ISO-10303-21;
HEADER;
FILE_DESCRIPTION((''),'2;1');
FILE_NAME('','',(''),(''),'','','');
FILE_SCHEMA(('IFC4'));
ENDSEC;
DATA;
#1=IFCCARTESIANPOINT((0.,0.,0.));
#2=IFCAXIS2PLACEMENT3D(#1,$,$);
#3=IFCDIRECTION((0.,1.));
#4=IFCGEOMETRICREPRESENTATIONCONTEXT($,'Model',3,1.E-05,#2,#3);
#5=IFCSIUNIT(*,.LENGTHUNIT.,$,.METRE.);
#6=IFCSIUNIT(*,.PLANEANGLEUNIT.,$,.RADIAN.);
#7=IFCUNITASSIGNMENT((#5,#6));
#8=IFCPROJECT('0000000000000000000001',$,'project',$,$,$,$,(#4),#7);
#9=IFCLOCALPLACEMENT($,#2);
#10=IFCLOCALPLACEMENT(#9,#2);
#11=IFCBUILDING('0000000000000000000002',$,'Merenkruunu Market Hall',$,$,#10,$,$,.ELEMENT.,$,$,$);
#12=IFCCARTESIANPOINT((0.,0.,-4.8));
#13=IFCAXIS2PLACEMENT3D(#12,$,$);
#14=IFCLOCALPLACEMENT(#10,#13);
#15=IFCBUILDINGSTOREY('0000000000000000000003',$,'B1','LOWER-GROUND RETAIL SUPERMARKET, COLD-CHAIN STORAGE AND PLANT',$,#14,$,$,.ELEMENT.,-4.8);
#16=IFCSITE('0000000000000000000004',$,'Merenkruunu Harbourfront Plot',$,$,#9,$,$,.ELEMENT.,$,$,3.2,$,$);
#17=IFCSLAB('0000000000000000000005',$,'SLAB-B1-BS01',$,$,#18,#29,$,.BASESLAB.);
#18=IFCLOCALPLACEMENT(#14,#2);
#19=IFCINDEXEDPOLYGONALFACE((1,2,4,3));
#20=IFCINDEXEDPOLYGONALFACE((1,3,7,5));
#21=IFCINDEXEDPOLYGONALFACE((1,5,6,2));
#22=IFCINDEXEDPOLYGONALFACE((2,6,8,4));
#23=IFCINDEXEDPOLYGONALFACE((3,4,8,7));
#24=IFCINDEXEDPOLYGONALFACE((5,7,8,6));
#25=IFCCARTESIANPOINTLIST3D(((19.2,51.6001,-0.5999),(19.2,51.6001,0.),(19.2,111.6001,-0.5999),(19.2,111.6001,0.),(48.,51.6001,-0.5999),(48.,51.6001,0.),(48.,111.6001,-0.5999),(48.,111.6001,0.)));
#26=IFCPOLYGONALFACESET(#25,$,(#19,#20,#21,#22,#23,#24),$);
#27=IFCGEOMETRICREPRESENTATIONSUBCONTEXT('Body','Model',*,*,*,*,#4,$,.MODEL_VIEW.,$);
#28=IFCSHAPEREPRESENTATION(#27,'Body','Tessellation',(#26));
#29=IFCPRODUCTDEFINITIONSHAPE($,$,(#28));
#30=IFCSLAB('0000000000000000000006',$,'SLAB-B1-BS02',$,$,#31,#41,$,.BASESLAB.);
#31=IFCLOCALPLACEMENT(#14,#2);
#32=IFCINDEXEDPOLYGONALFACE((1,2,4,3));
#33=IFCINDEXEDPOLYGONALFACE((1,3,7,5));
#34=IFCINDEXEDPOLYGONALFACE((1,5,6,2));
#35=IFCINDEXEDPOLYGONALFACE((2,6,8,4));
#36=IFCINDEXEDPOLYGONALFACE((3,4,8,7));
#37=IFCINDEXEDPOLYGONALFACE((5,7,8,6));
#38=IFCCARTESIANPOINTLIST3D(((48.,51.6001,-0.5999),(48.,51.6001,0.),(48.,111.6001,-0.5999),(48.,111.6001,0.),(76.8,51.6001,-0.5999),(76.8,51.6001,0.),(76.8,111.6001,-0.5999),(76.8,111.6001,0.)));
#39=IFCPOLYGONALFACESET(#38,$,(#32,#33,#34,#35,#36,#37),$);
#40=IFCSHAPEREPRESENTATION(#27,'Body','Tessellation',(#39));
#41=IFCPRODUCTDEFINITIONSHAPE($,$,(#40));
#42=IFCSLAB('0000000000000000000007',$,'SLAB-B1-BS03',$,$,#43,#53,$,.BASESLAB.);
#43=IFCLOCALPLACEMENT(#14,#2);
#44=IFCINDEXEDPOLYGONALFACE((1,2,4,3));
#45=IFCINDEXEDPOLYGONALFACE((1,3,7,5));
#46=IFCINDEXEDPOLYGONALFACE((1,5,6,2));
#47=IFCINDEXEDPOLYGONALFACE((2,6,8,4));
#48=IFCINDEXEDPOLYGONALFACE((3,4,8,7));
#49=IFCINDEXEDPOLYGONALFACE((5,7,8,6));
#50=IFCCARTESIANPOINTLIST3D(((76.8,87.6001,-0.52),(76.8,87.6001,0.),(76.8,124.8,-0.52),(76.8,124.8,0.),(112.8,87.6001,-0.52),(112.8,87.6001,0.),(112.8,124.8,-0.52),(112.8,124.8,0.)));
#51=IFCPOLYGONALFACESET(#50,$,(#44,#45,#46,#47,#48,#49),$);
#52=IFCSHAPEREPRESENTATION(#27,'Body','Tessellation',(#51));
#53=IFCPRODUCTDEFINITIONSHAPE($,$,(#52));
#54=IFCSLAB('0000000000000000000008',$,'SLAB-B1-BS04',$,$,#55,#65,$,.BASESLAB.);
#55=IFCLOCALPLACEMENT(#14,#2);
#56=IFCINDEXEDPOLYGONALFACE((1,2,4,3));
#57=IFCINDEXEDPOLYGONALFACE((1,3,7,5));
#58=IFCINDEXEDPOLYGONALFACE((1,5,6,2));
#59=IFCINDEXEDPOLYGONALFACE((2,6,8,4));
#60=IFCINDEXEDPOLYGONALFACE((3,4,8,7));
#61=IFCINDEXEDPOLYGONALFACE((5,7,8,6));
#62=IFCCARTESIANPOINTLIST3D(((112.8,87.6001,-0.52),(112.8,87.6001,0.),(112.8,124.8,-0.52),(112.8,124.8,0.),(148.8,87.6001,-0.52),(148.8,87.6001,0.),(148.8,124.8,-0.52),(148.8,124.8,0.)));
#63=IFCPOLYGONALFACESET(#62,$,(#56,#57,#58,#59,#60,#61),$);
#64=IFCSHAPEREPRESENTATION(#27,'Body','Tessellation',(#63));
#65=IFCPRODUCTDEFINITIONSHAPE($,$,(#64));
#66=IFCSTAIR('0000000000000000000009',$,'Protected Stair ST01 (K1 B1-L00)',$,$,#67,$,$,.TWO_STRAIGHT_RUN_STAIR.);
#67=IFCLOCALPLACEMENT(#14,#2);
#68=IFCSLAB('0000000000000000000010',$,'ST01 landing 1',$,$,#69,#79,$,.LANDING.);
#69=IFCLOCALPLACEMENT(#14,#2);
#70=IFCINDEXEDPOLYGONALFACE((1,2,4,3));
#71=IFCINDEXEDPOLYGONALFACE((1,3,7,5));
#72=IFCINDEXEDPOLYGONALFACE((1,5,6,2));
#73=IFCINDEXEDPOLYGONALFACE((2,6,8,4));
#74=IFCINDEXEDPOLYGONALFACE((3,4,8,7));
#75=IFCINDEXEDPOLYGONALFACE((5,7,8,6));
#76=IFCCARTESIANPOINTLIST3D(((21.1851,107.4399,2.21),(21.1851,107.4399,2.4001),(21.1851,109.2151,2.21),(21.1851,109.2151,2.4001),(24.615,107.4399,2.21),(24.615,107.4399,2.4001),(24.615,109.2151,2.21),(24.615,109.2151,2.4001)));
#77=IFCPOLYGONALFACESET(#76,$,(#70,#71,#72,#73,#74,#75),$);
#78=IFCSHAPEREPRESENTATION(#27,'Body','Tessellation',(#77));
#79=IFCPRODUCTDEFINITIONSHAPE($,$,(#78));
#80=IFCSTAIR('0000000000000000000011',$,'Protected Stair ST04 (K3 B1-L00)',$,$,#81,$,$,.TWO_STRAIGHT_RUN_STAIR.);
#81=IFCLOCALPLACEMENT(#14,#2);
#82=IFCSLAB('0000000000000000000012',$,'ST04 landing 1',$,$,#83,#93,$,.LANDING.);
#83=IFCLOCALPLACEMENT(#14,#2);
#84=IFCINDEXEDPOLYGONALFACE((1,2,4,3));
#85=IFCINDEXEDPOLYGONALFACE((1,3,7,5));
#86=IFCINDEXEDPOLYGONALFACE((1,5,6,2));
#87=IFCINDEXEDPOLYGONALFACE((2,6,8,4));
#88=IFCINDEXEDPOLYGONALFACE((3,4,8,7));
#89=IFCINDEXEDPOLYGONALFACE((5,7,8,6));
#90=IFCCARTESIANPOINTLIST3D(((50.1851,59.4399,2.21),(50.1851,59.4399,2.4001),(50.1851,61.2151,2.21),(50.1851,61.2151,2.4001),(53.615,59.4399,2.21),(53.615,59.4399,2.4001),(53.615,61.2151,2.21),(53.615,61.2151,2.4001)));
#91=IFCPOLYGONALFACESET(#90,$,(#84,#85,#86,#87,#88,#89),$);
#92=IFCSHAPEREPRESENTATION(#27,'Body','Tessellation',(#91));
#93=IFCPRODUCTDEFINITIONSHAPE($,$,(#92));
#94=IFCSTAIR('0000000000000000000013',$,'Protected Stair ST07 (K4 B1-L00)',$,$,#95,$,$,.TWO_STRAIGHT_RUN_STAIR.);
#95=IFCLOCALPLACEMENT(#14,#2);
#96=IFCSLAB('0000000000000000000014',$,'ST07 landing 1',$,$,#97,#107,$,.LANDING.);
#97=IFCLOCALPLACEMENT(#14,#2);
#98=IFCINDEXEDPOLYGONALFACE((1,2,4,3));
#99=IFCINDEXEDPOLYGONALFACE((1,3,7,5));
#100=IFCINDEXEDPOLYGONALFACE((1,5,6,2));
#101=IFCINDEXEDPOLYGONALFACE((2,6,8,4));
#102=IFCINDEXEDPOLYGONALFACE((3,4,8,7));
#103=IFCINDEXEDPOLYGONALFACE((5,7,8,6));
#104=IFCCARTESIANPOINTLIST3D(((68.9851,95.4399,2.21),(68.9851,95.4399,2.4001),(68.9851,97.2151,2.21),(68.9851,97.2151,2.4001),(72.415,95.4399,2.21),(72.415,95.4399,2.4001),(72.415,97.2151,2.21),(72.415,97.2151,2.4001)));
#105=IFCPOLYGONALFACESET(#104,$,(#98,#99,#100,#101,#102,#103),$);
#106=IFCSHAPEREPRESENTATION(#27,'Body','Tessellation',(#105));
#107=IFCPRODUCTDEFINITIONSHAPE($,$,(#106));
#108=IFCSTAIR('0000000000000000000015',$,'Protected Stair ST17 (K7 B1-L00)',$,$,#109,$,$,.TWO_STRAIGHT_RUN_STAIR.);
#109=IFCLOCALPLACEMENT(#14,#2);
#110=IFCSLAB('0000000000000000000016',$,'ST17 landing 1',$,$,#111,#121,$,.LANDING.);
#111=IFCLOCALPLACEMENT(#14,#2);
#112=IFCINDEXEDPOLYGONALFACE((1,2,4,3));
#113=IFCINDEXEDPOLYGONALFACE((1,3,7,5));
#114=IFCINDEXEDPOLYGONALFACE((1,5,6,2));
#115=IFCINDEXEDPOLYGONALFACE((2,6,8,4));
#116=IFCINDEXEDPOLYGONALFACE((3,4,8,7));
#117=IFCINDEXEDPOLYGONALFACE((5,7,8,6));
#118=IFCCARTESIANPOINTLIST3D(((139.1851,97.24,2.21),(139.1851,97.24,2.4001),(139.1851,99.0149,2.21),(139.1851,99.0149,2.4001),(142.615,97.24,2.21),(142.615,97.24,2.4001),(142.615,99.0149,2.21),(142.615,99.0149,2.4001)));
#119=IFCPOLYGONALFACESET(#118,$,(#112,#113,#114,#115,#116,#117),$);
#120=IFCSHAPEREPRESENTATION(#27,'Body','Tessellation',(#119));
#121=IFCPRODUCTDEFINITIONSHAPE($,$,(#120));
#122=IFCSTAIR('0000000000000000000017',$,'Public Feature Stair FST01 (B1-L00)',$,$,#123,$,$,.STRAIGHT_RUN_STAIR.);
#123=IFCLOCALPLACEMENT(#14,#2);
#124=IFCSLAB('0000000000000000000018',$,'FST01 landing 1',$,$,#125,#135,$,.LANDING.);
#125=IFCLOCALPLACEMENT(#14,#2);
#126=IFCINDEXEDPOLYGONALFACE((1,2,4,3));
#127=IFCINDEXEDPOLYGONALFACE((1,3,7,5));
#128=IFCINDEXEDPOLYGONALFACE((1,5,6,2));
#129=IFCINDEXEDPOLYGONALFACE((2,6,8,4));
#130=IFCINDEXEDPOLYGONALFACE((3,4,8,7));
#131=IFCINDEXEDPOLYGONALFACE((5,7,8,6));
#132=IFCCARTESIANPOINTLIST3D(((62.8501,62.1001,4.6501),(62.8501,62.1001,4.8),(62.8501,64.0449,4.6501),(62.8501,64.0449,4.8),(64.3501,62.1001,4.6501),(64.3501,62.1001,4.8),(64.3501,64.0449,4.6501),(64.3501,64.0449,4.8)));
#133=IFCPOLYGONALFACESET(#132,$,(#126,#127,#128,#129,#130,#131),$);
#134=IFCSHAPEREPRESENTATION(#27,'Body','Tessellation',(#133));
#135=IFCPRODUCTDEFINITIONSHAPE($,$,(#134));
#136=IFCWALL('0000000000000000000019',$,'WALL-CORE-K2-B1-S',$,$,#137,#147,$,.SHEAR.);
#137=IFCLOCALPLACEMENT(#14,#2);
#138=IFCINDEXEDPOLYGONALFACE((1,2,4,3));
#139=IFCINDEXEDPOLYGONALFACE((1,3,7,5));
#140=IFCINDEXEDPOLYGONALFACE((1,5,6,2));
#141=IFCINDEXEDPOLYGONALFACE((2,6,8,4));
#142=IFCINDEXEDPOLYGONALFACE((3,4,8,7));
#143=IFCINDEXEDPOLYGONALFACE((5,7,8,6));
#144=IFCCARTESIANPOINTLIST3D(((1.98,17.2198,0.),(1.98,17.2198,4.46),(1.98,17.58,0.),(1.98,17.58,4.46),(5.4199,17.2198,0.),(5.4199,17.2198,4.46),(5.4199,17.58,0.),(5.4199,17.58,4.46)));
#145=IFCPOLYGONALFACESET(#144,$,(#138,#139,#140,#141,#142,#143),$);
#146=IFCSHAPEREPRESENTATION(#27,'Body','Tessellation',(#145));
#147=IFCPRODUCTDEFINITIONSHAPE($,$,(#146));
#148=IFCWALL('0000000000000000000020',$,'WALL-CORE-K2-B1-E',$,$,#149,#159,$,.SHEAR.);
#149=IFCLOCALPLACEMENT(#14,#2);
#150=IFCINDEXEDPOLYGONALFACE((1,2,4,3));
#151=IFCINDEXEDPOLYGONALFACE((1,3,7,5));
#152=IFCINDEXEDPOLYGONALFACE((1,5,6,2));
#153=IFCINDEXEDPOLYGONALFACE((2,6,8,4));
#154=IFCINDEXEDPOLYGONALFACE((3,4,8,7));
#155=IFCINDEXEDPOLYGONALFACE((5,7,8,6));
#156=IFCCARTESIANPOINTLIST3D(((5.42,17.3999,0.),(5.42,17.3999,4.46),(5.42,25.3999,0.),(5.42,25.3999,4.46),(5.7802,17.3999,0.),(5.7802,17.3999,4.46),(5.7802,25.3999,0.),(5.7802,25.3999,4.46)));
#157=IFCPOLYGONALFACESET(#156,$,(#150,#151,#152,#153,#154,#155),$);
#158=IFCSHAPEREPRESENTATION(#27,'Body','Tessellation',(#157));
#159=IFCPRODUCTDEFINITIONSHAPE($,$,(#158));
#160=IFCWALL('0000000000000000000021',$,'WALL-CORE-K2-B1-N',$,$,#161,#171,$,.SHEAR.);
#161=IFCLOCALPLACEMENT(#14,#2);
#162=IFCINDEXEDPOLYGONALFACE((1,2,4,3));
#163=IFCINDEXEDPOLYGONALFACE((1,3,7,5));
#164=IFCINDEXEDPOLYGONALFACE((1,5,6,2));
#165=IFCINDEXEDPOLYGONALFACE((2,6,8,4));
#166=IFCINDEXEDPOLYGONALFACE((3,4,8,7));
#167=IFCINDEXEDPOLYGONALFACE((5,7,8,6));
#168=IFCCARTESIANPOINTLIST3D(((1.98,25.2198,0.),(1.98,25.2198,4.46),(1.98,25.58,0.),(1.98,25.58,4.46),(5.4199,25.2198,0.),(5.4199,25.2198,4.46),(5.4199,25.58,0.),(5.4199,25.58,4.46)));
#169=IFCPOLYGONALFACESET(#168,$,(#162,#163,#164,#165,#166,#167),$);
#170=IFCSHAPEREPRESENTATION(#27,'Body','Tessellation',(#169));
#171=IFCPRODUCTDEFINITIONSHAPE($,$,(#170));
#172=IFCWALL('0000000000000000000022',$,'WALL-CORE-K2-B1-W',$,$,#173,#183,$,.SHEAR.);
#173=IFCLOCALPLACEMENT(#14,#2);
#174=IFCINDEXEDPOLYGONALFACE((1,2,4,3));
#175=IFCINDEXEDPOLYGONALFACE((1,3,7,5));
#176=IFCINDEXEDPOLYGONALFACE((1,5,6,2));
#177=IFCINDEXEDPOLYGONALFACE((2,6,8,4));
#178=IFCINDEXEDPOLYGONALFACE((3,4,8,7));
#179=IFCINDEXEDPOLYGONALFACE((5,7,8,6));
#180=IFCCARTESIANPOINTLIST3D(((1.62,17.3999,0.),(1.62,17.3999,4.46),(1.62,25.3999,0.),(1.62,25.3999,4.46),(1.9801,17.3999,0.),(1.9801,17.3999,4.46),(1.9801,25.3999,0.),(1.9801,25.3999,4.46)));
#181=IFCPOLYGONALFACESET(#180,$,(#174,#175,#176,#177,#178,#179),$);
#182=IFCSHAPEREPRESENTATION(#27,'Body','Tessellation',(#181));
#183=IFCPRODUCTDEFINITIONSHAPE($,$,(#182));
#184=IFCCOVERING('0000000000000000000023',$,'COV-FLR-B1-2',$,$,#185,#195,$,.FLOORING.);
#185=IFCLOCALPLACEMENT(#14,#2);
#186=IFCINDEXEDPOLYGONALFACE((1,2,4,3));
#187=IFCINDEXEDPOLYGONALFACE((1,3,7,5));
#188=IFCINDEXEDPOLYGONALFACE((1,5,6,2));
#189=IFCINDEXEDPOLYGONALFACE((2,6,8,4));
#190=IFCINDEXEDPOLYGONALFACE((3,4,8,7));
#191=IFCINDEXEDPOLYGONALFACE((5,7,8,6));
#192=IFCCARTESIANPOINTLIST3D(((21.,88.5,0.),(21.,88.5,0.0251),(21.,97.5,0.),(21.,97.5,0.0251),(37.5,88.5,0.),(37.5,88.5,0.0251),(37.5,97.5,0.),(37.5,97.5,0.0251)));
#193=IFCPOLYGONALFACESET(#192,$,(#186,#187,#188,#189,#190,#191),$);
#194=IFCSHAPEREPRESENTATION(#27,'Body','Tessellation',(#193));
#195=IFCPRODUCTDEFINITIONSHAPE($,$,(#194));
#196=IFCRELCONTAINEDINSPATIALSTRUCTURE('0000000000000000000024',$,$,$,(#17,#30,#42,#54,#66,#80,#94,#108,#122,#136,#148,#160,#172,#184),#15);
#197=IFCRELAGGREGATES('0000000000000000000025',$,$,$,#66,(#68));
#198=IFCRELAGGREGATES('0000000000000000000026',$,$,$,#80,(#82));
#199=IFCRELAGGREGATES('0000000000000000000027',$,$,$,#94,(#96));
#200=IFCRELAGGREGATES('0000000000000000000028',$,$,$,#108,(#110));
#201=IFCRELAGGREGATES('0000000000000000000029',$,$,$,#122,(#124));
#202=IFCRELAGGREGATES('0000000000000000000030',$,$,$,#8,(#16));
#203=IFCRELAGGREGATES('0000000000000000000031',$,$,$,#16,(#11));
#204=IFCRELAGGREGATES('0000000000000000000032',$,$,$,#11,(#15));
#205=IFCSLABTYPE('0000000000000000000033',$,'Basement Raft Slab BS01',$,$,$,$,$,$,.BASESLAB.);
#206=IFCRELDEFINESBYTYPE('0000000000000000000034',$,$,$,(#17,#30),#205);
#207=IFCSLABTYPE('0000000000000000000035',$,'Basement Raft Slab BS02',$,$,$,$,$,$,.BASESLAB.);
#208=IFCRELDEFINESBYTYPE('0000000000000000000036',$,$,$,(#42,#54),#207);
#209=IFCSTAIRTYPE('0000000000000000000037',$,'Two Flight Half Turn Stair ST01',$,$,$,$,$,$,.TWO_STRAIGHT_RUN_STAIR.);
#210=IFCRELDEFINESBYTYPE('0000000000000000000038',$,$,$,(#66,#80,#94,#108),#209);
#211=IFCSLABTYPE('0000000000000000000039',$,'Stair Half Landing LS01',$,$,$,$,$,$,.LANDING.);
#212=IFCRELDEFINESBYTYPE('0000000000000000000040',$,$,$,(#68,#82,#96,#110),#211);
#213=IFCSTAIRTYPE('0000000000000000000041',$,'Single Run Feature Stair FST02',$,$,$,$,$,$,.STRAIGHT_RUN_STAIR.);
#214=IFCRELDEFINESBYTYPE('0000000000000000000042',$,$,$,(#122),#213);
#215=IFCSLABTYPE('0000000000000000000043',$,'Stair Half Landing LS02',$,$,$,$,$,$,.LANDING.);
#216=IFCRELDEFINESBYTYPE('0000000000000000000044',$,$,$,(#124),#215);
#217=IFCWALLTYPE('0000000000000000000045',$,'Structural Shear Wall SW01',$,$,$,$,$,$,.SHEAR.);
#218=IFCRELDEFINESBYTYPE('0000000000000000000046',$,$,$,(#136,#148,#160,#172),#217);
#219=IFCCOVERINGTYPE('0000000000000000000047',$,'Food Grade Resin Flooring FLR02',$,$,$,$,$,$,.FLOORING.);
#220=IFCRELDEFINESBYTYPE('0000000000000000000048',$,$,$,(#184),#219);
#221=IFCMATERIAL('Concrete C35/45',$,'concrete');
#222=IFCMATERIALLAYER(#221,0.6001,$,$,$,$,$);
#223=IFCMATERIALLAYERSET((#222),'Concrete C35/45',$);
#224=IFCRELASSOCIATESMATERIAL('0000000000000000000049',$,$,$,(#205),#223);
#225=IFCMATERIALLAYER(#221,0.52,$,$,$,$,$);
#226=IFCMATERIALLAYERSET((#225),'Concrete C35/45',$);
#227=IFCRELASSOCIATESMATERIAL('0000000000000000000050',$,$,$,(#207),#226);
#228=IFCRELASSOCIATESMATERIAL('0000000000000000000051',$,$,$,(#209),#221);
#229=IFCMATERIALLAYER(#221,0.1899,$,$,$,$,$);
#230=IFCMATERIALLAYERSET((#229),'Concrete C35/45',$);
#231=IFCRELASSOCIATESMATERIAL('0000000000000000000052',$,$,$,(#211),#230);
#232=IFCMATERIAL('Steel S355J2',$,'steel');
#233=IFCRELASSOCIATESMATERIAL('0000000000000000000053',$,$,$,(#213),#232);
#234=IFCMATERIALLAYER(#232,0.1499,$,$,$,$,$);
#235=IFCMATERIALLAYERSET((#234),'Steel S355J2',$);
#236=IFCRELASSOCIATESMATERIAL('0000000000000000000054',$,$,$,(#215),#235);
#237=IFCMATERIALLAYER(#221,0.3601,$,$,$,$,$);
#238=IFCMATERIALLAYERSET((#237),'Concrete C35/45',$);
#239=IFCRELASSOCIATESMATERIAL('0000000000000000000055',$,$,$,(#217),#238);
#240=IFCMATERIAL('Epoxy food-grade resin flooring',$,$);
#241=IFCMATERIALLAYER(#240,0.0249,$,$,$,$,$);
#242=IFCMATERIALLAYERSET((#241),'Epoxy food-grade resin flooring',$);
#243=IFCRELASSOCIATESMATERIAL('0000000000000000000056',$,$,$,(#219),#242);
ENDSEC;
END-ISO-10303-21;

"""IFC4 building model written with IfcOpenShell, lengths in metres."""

from ifc_helpers import new_model, si_unit, direction, frame, frame_2d, origin, place, context, subcontext, project, spatial, polyline, rectangle, outline, extrude, material, layer, layer_set, type_object, element, aggregate, save


model = new_model("IFC4")

# Units and contexts
model_context = context("Model", 3, precision=1e-05, world=origin(), true_north=direction((0.0, 1.0)))
body_context = subcontext(model_context, "Body", "Model", "MODEL_VIEW")
ifc_project = project(units=[si_unit("LENGTHUNIT", "METRE"), si_unit("PLANEANGLEUNIT", "RADIAN")], contexts=[model_context])

# Site, building, storey
site_placement = place(None, origin())
site = spatial("IfcSite", under=ifc_project, at=site_placement, Name="Merenkruunu Harbourfront Plot", CompositionType="ELEMENT", RefElevation=3.2)
building_placement = place(site_placement, origin())
building = spatial("IfcBuilding", under=site, at=building_placement, Name="Merenkruunu Market Hall", CompositionType="ELEMENT")
storey_placement = place(building_placement, frame((0.0, 0.0, -4.8)))
storey = spatial("IfcBuildingStorey", under=building, at=storey_placement, Name="B1", Description="LOWER-GROUND RETAIL SUPERMARKET, COLD-CHAIN STORAGE AND PLANT", CompositionType="ELEMENT", Elevation=-4.8)

# Shared definitions
ifc_material_1 = material(Name="Concrete C35/45", Category="concrete")

# Slabs
ifc_layer_1 = layer(ifc_material_1, 0.6001)
ifc_layer_set_1 = layer_set([ifc_layer_1], Name="Concrete C35/45")
slab_type_1 = type_object("IfcSlabType", Name="Basement Raft Slab BS01", PredefinedType="BASESLAB", material=ifc_layer_set_1)
slab_1_placement = place(storey_placement, frame((0.0, 0.0, -0.5999)))
element("IfcSlab", 1, at=slab_1_placement, inside=storey, type_object=slab_type_1, Name="SLAB-B1-BS01", PredefinedType="BASESLAB", context=body_context, shape_type="SweptSolid", body=[
    extrude(outline(polyline([(19.2, 51.6001), (48.0, 51.6001), (48.0, 111.6001), (19.2, 111.6001), (19.2, 51.6001)])), origin(), (0.0, 0.0, 1.0), 0.5999),
])
slab_2_placement = place(storey_placement, frame((0.0, 0.0, -0.5999)))
element("IfcSlab", 2, at=slab_2_placement, inside=storey, type_object=slab_type_1, Name="SLAB-B1-BS02", PredefinedType="BASESLAB", context=body_context, shape_type="SweptSolid", body=[
    extrude(outline(polyline([(48.0, 51.6001), (76.8, 51.6001), (76.8, 111.6001), (48.0, 111.6001), (48.0, 51.6001)])), origin(), (0.0, 0.0, 1.0), 0.5999),
])
ifc_layer_2 = layer(ifc_material_1, 0.52)
ifc_layer_set_2 = layer_set([ifc_layer_2], Name="Concrete C35/45")
slab_type_2 = type_object("IfcSlabType", Name="Basement Raft Slab BS02", PredefinedType="BASESLAB", material=ifc_layer_set_2)
slab_3_placement = place(storey_placement, frame((0.0, 0.0, -0.52)))
element("IfcSlab", 3, at=slab_3_placement, inside=storey, type_object=slab_type_2, Name="SLAB-B1-BS03", PredefinedType="BASESLAB", context=body_context, shape_type="SweptSolid", body=[
    extrude(outline(polyline([(76.8, 87.6001), (112.8, 87.6001), (112.8, 124.8), (76.8, 124.8), (76.8, 87.6001)])), origin(), (0.0, 0.0, 1.0), 0.52),
])
slab_4_placement = place(storey_placement, frame((0.0, 0.0, -0.52)))
element("IfcSlab", 4, at=slab_4_placement, inside=storey, type_object=slab_type_2, Name="SLAB-B1-BS04", PredefinedType="BASESLAB", context=body_context, shape_type="SweptSolid", body=[
    extrude(outline(polyline([(112.8, 87.6001), (148.8, 87.6001), (148.8, 124.8), (112.8, 124.8), (112.8, 87.6001)])), origin(), (0.0, 0.0, 1.0), 0.52),
])

# Stairs, slabs
stair_type_1 = type_object("IfcStairType", Name="Two Flight Half Turn Stair ST01", PredefinedType="TWO_STRAIGHT_RUN_STAIR", material=ifc_material_1)
stair_1_placement = place(storey_placement, origin())
stair_1 = element("IfcStair", 5, at=stair_1_placement, inside=storey, type_object=stair_type_1, Name="Protected Stair ST01 (K1 B1-L00)", PredefinedType="TWO_STRAIGHT_RUN_STAIR")
ifc_layer_3 = layer(ifc_material_1, 0.1899)
ifc_layer_set_3 = layer_set([ifc_layer_3], Name="Concrete C35/45")
slab_type_3 = type_object("IfcSlabType", Name="Stair Half Landing LS01", PredefinedType="LANDING", material=ifc_layer_set_3)
slab_5_placement = place(storey_placement, frame((0.0, 0.0, 2.21)))
slab_5 = element("IfcSlab", 6, at=slab_5_placement, type_object=slab_type_3, Name="ST01 landing 1", PredefinedType="LANDING", context=body_context, shape_type="SweptSolid", body=[
    extrude(outline(polyline([(21.1851, 107.4399), (24.615, 107.4399), (24.615, 109.2151), (21.1851, 109.2151), (21.1851, 107.4399)])), origin(), (0.0, 0.0, 1.0), 0.1902),
])
aggregate(stair_1, [slab_5])
stair_2_placement = place(storey_placement, origin())
stair_2 = element("IfcStair", 7, at=stair_2_placement, inside=storey, type_object=stair_type_1, Name="Protected Stair ST04 (K3 B1-L00)", PredefinedType="TWO_STRAIGHT_RUN_STAIR")
slab_6_placement = place(storey_placement, frame((0.0, 0.0, 2.21)))
slab_6 = element("IfcSlab", 8, at=slab_6_placement, type_object=slab_type_3, Name="ST04 landing 1", PredefinedType="LANDING", context=body_context, shape_type="SweptSolid", body=[
    extrude(outline(polyline([(50.1851, 59.4399), (53.615, 59.4399), (53.615, 61.2151), (50.1851, 61.2151), (50.1851, 59.4399)])), origin(), (0.0, 0.0, 1.0), 0.1902),
])
aggregate(stair_2, [slab_6])
stair_3_placement = place(storey_placement, origin())
stair_3 = element("IfcStair", 9, at=stair_3_placement, inside=storey, type_object=stair_type_1, Name="Protected Stair ST07 (K4 B1-L00)", PredefinedType="TWO_STRAIGHT_RUN_STAIR")
slab_7_placement = place(storey_placement, frame((0.0, 0.0, 2.21)))
slab_7 = element("IfcSlab", 10, at=slab_7_placement, type_object=slab_type_3, Name="ST07 landing 1", PredefinedType="LANDING", context=body_context, shape_type="SweptSolid", body=[
    extrude(outline(polyline([(68.9851, 95.4399), (72.415, 95.4399), (72.415, 97.2151), (68.9851, 97.2151), (68.9851, 95.4399)])), origin(), (0.0, 0.0, 1.0), 0.1902),
])
aggregate(stair_3, [slab_7])
stair_4_placement = place(storey_placement, origin())
stair_4 = element("IfcStair", 11, at=stair_4_placement, inside=storey, type_object=stair_type_1, Name="Protected Stair ST17 (K7 B1-L00)", PredefinedType="TWO_STRAIGHT_RUN_STAIR")
slab_8_placement = place(storey_placement, frame((0.0, 0.0, 2.21)))
slab_8 = element("IfcSlab", 12, at=slab_8_placement, type_object=slab_type_3, Name="ST17 landing 1", PredefinedType="LANDING", context=body_context, shape_type="SweptSolid", body=[
    extrude(outline(polyline([(139.1851, 97.24), (142.615, 97.24), (142.615, 99.0149), (139.1851, 99.0149), (139.1851, 97.24)])), origin(), (0.0, 0.0, 1.0), 0.1902),
])
aggregate(stair_4, [slab_8])
ifc_material_2 = material(Name="Steel S355J2", Category="steel")
stair_type_2 = type_object("IfcStairType", Name="Single Run Feature Stair FST02", PredefinedType="STRAIGHT_RUN_STAIR", material=ifc_material_2)
stair_5_placement = place(storey_placement, origin())
stair_5 = element("IfcStair", 13, at=stair_5_placement, inside=storey, type_object=stair_type_2, Name="Public Feature Stair FST01 (B1-L00)", PredefinedType="STRAIGHT_RUN_STAIR")
ifc_layer_4 = layer(ifc_material_2, 0.1499)
ifc_layer_set_4 = layer_set([ifc_layer_4], Name="Steel S355J2")
slab_type_4 = type_object("IfcSlabType", Name="Stair Half Landing LS02", PredefinedType="LANDING", material=ifc_layer_set_4)
slab_9_placement = place(storey_placement, frame((0.0, 0.0, 4.6501)))
slab_9 = element("IfcSlab", 14, at=slab_9_placement, type_object=slab_type_4, Name="FST01 landing 1", PredefinedType="LANDING", context=body_context, shape_type="SweptSolid", body=[
    extrude(outline(polyline([(62.8501, 62.1001), (64.3501, 62.1001), (64.3501, 64.0449), (62.8501, 64.0449), (62.8501, 62.1001)])), origin(), (0.0, 0.0, 1.0), 0.1499),
])
aggregate(stair_5, [slab_9])

# Walls
ifc_layer_5 = layer(ifc_material_1, 0.3601)
ifc_layer_set_5 = layer_set([ifc_layer_5], Name="Concrete C35/45")
wall_type = type_object("IfcWallType", Name="Structural Shear Wall SW01", PredefinedType="SHEAR", material=ifc_layer_set_5)
wall_1_placement = place(storey_placement, frame((5.4199, 17.3999, 0.0), z_axis=(0.0, 0.0, 1.0), x_axis=(-1.0, 0.0, 0.0)))
element("IfcWall", 15, at=wall_1_placement, inside=storey, type_object=wall_type, Name="WALL-CORE-K2-B1-S", PredefinedType="SHEAR", context=body_context, shape_type="SweptSolid", body=[
    extrude(rectangle(XDim=3.4399, YDim=0.3601, at=frame_2d((1.72, 0.0))), origin(), (0.0, 0.0, 1.0), 4.46),
])
wall_2_placement = place(storey_placement, frame((5.6001, 17.3999, 0.0), z_axis=(0.0, 0.0, 1.0), x_axis=(0.0, 1.0, 0.0)))
element("IfcWall", 16, at=wall_2_placement, inside=storey, type_object=wall_type, Name="WALL-CORE-K2-B1-E", PredefinedType="SHEAR", context=body_context, shape_type="SweptSolid", body=[
    extrude(rectangle(XDim=8.0, YDim=0.3601, at=frame_2d((4.0, 0.0))), origin(), (0.0, 0.0, 1.0), 4.46),
])
wall_3_placement = place(storey_placement, frame((5.4199, 25.3999, 0.0), z_axis=(0.0, 0.0, 1.0), x_axis=(-1.0, 0.0, 0.0)))
element("IfcWall", 17, at=wall_3_placement, inside=storey, type_object=wall_type, Name="WALL-CORE-K2-B1-N", PredefinedType="SHEAR", context=body_context, shape_type="SweptSolid", body=[
    extrude(rectangle(XDim=3.4399, YDim=0.3601, at=frame_2d((1.72, 0.0))), origin(), (0.0, 0.0, 1.0), 4.46),
])
wall_4_placement = place(storey_placement, frame((1.8, 25.3999, 0.0), z_axis=(0.0, 0.0, 1.0), x_axis=(0.0, -1.0, 0.0)))
element("IfcWall", 18, at=wall_4_placement, inside=storey, type_object=wall_type, Name="WALL-CORE-K2-B1-W", PredefinedType="SHEAR", context=body_context, shape_type="SweptSolid", body=[
    extrude(rectangle(XDim=8.0, YDim=0.3601, at=frame_2d((4.0, 0.0))), origin(), (0.0, 0.0, 1.0), 4.46),
])

# Covering
ifc_material_3 = material(Name="Epoxy food-grade resin flooring")
ifc_layer_6 = layer(ifc_material_3, 0.0249)
ifc_layer_set_6 = layer_set([ifc_layer_6], Name="Epoxy food-grade resin flooring")
covering_type_1 = type_object("IfcCoveringType", Name="Food Grade Resin Flooring FLR02", PredefinedType="FLOORING", material=ifc_layer_set_6)
covering_1_placement = place(storey_placement, origin())
element("IfcCovering", 19, at=covering_1_placement, inside=storey, type_object=covering_type_1, Name="COV-FLR-B1-2", PredefinedType="FLOORING", context=body_context, shape_type="SweptSolid", body=[
    extrude(outline(polyline([(21.0, 88.5), (21.0, 97.5), (37.5, 97.5), (37.5, 88.5), (21.0, 88.5)])), origin(), (0.0, 0.0, 1.0), 0.0251),
])

save(model, "model.ifc")
